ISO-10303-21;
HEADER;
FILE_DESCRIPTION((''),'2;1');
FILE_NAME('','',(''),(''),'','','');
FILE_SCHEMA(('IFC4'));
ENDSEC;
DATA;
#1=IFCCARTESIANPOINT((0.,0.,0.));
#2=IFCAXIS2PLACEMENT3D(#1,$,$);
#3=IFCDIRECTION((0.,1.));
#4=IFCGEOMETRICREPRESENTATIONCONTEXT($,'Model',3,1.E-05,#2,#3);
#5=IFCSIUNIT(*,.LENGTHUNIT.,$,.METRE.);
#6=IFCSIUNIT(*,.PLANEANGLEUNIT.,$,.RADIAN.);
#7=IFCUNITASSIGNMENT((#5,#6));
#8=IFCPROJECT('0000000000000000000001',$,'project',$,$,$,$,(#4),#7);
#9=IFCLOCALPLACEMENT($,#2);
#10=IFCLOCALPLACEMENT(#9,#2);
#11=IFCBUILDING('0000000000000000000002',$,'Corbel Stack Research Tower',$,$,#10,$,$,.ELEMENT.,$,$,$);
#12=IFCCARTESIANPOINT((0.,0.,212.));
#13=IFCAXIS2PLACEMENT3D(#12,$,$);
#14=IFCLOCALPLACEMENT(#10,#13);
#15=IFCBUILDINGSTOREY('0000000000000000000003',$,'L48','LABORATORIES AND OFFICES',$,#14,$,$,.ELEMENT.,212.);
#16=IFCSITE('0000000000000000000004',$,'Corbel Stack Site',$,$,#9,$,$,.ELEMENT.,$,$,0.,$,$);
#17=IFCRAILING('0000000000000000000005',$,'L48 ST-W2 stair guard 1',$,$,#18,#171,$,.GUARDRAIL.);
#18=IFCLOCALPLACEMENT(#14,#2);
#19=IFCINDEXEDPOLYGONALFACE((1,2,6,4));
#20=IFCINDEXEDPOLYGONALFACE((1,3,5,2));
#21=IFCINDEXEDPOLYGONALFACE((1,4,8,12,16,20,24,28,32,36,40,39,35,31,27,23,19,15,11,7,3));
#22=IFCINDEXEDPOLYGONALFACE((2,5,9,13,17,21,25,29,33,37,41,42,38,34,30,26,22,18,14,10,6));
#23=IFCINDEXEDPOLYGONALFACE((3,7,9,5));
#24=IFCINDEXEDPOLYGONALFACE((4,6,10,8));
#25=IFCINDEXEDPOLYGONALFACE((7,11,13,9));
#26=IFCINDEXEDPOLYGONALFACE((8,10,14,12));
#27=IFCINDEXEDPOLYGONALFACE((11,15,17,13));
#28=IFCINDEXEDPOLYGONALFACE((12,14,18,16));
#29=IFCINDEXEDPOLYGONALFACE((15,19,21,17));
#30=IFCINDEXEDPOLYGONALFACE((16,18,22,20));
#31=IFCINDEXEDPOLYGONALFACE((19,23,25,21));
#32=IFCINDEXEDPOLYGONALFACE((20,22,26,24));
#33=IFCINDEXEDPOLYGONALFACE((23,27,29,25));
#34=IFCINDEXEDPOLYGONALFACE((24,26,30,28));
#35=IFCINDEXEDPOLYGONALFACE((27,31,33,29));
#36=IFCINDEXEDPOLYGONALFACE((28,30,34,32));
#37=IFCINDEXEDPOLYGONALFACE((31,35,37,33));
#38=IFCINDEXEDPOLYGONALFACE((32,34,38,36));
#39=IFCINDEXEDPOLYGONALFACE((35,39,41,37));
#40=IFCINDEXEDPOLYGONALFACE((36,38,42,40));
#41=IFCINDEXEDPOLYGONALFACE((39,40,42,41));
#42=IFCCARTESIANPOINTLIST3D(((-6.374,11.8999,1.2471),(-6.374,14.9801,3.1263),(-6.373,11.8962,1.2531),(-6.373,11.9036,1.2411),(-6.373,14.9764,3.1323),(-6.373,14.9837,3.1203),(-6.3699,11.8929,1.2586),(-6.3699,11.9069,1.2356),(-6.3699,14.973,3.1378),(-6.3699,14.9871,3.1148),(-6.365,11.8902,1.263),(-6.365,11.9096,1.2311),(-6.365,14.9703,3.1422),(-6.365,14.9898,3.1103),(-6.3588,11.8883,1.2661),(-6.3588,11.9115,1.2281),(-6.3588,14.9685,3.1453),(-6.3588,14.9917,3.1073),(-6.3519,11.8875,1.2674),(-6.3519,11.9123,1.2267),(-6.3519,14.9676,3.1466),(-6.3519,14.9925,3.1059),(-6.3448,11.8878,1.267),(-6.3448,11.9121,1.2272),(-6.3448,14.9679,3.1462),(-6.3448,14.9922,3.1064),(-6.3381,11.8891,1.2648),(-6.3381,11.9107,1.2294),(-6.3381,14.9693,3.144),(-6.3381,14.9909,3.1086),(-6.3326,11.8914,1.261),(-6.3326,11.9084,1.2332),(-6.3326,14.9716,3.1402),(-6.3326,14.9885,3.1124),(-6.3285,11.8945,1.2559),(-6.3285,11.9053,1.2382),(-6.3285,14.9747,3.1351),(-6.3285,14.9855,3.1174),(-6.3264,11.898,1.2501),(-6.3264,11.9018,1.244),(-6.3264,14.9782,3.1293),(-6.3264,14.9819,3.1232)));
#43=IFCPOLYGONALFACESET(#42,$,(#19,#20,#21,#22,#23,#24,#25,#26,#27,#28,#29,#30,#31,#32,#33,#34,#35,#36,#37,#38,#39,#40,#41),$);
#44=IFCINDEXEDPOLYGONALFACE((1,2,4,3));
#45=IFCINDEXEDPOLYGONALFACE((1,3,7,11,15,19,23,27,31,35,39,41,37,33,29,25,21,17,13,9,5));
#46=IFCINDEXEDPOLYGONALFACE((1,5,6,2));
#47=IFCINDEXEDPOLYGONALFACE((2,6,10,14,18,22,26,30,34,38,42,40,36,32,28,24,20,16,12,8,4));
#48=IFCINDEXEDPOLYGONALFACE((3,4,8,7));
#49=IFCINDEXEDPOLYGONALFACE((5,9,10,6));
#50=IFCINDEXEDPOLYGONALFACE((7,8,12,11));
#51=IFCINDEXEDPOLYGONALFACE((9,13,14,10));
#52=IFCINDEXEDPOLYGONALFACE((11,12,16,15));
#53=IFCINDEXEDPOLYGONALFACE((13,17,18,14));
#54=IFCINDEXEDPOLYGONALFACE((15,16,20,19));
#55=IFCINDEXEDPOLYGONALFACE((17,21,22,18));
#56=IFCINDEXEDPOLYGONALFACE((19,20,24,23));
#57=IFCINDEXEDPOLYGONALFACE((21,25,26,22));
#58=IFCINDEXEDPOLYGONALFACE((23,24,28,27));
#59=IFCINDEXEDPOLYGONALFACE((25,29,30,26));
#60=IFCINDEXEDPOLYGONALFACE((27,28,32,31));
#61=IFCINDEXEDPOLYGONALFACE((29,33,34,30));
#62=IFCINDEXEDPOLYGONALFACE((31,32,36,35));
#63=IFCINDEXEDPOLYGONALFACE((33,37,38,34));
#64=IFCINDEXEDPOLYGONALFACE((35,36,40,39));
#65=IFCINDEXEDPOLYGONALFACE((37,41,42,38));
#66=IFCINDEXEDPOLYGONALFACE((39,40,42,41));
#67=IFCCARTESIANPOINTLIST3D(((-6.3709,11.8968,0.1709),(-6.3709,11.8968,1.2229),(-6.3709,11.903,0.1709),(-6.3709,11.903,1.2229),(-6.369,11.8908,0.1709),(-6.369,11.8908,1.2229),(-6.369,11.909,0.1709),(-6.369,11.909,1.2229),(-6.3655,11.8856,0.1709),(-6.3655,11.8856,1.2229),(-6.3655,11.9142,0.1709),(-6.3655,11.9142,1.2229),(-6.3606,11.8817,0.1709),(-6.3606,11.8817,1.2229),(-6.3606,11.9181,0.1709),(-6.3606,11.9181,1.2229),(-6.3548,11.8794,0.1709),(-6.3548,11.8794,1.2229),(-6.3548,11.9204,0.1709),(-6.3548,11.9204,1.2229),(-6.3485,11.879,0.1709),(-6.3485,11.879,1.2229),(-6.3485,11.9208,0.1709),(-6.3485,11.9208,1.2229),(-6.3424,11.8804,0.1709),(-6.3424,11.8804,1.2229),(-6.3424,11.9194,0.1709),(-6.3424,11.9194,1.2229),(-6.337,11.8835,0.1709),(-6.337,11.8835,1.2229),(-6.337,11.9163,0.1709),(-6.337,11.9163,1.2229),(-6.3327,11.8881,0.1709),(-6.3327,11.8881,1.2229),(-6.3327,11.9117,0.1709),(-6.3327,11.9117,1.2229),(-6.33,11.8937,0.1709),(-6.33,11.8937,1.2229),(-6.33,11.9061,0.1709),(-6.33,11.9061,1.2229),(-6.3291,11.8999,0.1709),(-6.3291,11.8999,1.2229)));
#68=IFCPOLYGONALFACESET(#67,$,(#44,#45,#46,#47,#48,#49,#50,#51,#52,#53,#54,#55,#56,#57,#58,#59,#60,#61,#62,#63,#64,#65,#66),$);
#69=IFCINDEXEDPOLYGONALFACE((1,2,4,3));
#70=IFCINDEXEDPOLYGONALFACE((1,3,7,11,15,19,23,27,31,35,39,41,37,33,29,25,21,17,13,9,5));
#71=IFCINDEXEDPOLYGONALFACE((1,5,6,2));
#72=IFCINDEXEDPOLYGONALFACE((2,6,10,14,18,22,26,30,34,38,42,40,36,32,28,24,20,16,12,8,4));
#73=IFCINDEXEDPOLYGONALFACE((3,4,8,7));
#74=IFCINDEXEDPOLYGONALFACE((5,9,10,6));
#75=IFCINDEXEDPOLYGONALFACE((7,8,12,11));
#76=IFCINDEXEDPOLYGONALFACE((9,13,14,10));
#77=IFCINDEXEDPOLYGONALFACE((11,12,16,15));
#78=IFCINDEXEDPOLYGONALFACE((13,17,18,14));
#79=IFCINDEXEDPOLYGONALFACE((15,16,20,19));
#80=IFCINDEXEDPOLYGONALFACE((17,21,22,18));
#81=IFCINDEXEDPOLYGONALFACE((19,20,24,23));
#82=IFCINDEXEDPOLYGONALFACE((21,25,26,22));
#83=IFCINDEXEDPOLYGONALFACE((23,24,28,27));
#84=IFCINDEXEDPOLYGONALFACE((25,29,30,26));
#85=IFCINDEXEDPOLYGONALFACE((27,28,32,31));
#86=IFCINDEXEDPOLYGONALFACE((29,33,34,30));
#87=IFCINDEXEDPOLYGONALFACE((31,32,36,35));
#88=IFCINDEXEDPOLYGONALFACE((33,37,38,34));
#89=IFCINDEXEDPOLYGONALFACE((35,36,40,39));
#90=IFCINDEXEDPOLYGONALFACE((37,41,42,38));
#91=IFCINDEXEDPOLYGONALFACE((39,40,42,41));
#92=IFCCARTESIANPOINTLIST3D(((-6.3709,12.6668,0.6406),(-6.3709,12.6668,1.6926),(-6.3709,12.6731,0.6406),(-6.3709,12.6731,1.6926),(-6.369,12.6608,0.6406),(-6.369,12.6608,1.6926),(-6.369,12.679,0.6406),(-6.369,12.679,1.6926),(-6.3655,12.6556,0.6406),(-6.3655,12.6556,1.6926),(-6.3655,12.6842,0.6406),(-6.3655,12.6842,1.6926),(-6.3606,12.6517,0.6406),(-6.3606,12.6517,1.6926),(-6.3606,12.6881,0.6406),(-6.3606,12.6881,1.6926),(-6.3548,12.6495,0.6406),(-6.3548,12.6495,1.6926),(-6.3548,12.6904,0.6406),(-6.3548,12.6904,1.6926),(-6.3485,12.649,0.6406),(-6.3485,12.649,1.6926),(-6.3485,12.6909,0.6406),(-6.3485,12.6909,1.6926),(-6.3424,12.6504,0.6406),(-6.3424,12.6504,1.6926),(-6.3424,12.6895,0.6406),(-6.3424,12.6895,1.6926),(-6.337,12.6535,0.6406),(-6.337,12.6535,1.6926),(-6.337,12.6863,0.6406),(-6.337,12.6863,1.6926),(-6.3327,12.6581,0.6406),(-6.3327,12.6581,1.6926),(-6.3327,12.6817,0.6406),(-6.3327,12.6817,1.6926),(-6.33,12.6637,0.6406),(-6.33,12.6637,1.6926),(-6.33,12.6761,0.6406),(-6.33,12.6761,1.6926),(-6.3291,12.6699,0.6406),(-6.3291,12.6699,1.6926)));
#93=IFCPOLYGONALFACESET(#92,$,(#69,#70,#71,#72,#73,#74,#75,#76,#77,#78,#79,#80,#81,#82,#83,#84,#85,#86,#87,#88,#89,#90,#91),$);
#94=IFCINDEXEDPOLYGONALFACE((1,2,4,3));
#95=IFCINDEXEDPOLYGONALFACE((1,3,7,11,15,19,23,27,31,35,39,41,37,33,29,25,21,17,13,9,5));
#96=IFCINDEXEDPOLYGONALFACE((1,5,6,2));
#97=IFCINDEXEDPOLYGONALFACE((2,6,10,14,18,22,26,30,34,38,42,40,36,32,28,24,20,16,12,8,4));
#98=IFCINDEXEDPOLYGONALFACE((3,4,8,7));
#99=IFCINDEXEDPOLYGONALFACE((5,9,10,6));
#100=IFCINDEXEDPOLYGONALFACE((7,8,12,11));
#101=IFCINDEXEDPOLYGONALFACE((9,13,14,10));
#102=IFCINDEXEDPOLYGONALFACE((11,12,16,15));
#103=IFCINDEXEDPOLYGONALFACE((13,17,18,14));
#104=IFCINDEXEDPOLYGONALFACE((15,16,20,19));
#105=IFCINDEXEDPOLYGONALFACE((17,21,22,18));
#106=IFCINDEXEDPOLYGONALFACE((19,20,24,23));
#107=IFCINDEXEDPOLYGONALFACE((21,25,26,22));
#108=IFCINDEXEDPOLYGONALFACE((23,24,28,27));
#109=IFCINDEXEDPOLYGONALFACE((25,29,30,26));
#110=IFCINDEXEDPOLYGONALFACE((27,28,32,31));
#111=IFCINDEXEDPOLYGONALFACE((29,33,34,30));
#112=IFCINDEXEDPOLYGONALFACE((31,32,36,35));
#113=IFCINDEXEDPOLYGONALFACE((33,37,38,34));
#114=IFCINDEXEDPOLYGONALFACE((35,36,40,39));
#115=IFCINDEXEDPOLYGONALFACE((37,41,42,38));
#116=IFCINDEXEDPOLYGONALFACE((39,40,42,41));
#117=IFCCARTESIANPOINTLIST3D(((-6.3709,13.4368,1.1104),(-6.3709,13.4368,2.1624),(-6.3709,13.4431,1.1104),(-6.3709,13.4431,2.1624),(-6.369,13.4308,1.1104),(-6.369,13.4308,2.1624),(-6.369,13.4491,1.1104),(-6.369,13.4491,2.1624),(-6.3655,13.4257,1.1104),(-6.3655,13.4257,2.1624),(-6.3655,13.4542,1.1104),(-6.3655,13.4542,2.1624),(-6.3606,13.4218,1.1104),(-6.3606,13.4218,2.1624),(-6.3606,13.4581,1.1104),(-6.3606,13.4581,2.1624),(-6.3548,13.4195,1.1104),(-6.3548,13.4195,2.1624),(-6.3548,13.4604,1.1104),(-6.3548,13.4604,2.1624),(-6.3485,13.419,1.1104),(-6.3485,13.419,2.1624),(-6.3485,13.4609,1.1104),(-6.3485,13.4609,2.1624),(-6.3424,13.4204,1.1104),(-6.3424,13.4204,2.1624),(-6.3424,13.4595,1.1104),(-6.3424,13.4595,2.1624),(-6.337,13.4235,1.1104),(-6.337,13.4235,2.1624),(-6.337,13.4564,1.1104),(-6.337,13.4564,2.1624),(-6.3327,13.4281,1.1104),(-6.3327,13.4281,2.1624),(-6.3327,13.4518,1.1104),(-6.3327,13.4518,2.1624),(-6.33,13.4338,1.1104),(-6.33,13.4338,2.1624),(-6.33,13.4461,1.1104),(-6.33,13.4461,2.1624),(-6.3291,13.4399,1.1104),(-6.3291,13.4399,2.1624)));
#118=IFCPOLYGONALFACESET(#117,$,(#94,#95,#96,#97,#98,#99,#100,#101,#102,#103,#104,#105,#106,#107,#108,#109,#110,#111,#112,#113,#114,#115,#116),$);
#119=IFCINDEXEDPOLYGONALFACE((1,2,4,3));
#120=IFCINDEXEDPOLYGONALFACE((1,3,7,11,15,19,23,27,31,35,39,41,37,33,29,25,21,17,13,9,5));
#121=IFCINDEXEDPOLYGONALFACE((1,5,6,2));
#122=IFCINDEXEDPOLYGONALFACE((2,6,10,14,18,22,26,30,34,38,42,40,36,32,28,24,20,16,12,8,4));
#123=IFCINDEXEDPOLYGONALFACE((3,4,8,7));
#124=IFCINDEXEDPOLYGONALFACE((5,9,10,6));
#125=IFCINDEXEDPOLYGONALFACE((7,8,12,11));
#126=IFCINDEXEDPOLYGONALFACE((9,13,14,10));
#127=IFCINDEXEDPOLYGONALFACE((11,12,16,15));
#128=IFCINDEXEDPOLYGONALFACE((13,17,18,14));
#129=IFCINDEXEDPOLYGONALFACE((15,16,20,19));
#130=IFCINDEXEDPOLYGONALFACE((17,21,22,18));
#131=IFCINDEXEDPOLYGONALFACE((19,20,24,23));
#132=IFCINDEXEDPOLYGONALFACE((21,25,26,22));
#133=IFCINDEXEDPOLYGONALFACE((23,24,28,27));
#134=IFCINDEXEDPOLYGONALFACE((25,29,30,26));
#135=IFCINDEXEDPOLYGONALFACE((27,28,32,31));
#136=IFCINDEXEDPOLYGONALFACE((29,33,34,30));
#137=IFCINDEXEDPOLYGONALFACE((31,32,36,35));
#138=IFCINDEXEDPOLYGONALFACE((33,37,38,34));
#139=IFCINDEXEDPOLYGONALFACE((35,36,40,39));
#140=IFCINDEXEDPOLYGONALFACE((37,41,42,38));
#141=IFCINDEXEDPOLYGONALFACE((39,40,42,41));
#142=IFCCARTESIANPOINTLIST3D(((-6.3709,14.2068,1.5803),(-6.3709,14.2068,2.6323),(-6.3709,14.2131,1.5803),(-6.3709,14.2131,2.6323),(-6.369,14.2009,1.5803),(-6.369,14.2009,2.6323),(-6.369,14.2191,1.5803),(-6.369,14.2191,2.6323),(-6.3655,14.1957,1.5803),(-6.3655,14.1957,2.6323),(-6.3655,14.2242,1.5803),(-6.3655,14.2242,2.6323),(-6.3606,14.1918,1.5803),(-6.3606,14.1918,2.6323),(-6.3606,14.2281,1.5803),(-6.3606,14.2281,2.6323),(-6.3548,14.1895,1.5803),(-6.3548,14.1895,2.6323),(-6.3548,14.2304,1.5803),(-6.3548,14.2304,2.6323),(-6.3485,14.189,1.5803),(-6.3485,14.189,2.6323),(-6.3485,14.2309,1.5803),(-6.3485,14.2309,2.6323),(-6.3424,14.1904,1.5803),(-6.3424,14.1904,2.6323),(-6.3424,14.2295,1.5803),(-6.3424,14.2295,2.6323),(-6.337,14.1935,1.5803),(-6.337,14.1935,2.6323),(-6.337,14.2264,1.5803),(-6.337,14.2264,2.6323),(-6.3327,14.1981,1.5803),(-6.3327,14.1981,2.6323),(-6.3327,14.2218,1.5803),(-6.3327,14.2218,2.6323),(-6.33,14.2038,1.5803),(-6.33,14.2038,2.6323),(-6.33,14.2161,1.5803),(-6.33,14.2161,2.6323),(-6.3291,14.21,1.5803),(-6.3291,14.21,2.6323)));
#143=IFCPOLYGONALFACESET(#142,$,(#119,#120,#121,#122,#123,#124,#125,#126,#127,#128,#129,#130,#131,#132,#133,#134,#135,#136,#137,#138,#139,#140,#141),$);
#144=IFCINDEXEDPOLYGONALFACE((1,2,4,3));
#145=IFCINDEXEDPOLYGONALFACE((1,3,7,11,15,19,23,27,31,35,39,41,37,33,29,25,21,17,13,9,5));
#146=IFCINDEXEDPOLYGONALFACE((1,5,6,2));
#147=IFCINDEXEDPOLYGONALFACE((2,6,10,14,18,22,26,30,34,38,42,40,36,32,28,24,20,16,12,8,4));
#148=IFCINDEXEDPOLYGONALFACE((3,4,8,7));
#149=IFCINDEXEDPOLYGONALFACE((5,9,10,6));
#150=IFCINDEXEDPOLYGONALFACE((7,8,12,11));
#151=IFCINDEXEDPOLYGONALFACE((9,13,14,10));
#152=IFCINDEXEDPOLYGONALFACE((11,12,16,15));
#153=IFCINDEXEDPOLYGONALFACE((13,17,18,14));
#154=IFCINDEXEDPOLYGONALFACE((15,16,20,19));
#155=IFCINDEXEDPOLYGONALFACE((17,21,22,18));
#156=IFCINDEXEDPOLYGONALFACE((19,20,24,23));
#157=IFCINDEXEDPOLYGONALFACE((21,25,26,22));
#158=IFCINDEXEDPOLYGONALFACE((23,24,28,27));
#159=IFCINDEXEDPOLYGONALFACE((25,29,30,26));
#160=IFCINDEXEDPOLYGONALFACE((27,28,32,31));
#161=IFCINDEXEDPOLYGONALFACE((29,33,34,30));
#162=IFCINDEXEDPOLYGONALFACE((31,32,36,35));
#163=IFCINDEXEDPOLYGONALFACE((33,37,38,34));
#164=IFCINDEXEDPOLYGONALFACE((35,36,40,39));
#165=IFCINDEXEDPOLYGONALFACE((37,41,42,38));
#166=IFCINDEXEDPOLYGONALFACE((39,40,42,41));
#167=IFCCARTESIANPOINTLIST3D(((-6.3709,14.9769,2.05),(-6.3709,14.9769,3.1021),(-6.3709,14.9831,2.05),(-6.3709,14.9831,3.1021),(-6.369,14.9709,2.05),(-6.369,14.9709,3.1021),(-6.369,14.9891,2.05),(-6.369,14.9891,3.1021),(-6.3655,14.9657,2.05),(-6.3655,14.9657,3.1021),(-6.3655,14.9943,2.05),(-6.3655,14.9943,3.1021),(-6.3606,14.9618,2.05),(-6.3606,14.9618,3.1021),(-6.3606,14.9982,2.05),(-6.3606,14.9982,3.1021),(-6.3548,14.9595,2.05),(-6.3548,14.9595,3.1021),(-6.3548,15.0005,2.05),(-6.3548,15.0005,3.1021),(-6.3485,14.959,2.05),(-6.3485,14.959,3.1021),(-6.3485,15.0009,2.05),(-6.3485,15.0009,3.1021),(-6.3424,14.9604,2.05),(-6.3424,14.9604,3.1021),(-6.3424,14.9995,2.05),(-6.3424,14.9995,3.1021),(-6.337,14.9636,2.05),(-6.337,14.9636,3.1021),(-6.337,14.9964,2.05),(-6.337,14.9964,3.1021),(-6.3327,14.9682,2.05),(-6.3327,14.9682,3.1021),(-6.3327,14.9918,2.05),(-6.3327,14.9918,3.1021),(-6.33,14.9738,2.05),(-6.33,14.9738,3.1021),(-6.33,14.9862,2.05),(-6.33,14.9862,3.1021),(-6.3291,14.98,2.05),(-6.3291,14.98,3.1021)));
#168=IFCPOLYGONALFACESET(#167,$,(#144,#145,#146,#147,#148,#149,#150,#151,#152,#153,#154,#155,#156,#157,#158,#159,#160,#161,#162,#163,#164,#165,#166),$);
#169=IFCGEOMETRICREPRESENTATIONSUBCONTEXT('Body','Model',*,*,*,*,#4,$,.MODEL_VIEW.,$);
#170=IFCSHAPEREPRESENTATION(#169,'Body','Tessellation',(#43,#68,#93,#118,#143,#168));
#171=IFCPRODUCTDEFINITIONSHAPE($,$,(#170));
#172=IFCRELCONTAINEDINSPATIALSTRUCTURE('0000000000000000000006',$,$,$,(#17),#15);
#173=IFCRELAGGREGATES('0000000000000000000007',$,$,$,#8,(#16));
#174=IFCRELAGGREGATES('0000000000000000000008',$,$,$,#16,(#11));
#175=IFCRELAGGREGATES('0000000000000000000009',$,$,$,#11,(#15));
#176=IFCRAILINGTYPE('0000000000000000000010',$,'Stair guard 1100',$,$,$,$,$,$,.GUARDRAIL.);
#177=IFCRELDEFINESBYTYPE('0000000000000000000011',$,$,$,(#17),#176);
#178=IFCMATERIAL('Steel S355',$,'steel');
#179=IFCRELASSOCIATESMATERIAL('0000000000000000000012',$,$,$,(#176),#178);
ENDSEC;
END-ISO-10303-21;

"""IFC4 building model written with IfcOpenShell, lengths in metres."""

from ifc_helpers import new_model, si_unit, direction, frame, origin, origin_2d, place, context, subcontext, project, spatial, circle, extrude, material, type_object, element, save


model = new_model("IFC4")

# Units and contexts
model_context = context("Model", 3, precision=1e-05, world=origin(), true_north=direction((0.0, 1.0)))
body_context = subcontext(model_context, "Body", "Model", "MODEL_VIEW")
ifc_project = project(units=[si_unit("LENGTHUNIT", "METRE"), si_unit("PLANEANGLEUNIT", "RADIAN")], contexts=[model_context])

# Site, building, storey
site_placement = place(None, origin())
site = spatial("IfcSite", under=ifc_project, at=site_placement, Name="Corbel Stack Site", CompositionType="ELEMENT", RefElevation=0.0)
building_placement = place(site_placement, origin())
building = spatial("IfcBuilding", under=site, at=building_placement, Name="Corbel Stack Research Tower", CompositionType="ELEMENT")
storey_placement = place(building_placement, frame((0.0, 0.0, 212.0)))
storey = spatial("IfcBuildingStorey", under=building, at=storey_placement, Name="L48", Description="LABORATORIES AND OFFICES", CompositionType="ELEMENT", Elevation=212.0)

# Railing
ifc_material_1 = material(Name="Steel S355", Category="steel")
railing_type_1 = type_object("IfcRailingType", Name="Stair guard 1100", PredefinedType="GUARDRAIL", material=ifc_material_1)
railing_1_placement = place(storey_placement, frame((-6.3501, 11.8999, 0.1709)))
element("IfcRailing", 1, at=railing_1_placement, inside=storey, type_object=railing_type_1, Name="L48 ST-W2 stair guard 1", PredefinedType="GUARDRAIL", context=body_context, shape_type="SweptSolid", body=[
    extrude(circle(Radius=0.0239, at=origin_2d()), frame((0.0, 0.0, 1.0762), z_axis=(0.0, 0.853666, 0.52082), x_axis=(-1.0, 0.0, 0.0)), (0.0, 0.0, 1.0), 3.6082),
    extrude(circle(Radius=0.021, at=origin_2d()), origin(), (0.0, 0.0, 1.0), 1.052),
    extrude(circle(Radius=0.021, at=origin_2d()), frame((0.0, 0.77, 0.4697)), (0.0, 0.0, 1.0), 1.052),
    extrude(circle(Radius=0.021, at=origin_2d()), frame((0.0, 1.54, 0.9395)), (0.0, 0.0, 1.0), 1.052),
    extrude(circle(Radius=0.021, at=origin_2d()), frame((0.0, 2.3101, 1.4094)), (0.0, 0.0, 1.0), 1.052),
    extrude(circle(Radius=0.021, at=origin_2d()), frame((0.0, 3.0801, 1.8792)), (0.0, 0.0, 1.0), 1.052),
])

save(model, "model.ifc")
